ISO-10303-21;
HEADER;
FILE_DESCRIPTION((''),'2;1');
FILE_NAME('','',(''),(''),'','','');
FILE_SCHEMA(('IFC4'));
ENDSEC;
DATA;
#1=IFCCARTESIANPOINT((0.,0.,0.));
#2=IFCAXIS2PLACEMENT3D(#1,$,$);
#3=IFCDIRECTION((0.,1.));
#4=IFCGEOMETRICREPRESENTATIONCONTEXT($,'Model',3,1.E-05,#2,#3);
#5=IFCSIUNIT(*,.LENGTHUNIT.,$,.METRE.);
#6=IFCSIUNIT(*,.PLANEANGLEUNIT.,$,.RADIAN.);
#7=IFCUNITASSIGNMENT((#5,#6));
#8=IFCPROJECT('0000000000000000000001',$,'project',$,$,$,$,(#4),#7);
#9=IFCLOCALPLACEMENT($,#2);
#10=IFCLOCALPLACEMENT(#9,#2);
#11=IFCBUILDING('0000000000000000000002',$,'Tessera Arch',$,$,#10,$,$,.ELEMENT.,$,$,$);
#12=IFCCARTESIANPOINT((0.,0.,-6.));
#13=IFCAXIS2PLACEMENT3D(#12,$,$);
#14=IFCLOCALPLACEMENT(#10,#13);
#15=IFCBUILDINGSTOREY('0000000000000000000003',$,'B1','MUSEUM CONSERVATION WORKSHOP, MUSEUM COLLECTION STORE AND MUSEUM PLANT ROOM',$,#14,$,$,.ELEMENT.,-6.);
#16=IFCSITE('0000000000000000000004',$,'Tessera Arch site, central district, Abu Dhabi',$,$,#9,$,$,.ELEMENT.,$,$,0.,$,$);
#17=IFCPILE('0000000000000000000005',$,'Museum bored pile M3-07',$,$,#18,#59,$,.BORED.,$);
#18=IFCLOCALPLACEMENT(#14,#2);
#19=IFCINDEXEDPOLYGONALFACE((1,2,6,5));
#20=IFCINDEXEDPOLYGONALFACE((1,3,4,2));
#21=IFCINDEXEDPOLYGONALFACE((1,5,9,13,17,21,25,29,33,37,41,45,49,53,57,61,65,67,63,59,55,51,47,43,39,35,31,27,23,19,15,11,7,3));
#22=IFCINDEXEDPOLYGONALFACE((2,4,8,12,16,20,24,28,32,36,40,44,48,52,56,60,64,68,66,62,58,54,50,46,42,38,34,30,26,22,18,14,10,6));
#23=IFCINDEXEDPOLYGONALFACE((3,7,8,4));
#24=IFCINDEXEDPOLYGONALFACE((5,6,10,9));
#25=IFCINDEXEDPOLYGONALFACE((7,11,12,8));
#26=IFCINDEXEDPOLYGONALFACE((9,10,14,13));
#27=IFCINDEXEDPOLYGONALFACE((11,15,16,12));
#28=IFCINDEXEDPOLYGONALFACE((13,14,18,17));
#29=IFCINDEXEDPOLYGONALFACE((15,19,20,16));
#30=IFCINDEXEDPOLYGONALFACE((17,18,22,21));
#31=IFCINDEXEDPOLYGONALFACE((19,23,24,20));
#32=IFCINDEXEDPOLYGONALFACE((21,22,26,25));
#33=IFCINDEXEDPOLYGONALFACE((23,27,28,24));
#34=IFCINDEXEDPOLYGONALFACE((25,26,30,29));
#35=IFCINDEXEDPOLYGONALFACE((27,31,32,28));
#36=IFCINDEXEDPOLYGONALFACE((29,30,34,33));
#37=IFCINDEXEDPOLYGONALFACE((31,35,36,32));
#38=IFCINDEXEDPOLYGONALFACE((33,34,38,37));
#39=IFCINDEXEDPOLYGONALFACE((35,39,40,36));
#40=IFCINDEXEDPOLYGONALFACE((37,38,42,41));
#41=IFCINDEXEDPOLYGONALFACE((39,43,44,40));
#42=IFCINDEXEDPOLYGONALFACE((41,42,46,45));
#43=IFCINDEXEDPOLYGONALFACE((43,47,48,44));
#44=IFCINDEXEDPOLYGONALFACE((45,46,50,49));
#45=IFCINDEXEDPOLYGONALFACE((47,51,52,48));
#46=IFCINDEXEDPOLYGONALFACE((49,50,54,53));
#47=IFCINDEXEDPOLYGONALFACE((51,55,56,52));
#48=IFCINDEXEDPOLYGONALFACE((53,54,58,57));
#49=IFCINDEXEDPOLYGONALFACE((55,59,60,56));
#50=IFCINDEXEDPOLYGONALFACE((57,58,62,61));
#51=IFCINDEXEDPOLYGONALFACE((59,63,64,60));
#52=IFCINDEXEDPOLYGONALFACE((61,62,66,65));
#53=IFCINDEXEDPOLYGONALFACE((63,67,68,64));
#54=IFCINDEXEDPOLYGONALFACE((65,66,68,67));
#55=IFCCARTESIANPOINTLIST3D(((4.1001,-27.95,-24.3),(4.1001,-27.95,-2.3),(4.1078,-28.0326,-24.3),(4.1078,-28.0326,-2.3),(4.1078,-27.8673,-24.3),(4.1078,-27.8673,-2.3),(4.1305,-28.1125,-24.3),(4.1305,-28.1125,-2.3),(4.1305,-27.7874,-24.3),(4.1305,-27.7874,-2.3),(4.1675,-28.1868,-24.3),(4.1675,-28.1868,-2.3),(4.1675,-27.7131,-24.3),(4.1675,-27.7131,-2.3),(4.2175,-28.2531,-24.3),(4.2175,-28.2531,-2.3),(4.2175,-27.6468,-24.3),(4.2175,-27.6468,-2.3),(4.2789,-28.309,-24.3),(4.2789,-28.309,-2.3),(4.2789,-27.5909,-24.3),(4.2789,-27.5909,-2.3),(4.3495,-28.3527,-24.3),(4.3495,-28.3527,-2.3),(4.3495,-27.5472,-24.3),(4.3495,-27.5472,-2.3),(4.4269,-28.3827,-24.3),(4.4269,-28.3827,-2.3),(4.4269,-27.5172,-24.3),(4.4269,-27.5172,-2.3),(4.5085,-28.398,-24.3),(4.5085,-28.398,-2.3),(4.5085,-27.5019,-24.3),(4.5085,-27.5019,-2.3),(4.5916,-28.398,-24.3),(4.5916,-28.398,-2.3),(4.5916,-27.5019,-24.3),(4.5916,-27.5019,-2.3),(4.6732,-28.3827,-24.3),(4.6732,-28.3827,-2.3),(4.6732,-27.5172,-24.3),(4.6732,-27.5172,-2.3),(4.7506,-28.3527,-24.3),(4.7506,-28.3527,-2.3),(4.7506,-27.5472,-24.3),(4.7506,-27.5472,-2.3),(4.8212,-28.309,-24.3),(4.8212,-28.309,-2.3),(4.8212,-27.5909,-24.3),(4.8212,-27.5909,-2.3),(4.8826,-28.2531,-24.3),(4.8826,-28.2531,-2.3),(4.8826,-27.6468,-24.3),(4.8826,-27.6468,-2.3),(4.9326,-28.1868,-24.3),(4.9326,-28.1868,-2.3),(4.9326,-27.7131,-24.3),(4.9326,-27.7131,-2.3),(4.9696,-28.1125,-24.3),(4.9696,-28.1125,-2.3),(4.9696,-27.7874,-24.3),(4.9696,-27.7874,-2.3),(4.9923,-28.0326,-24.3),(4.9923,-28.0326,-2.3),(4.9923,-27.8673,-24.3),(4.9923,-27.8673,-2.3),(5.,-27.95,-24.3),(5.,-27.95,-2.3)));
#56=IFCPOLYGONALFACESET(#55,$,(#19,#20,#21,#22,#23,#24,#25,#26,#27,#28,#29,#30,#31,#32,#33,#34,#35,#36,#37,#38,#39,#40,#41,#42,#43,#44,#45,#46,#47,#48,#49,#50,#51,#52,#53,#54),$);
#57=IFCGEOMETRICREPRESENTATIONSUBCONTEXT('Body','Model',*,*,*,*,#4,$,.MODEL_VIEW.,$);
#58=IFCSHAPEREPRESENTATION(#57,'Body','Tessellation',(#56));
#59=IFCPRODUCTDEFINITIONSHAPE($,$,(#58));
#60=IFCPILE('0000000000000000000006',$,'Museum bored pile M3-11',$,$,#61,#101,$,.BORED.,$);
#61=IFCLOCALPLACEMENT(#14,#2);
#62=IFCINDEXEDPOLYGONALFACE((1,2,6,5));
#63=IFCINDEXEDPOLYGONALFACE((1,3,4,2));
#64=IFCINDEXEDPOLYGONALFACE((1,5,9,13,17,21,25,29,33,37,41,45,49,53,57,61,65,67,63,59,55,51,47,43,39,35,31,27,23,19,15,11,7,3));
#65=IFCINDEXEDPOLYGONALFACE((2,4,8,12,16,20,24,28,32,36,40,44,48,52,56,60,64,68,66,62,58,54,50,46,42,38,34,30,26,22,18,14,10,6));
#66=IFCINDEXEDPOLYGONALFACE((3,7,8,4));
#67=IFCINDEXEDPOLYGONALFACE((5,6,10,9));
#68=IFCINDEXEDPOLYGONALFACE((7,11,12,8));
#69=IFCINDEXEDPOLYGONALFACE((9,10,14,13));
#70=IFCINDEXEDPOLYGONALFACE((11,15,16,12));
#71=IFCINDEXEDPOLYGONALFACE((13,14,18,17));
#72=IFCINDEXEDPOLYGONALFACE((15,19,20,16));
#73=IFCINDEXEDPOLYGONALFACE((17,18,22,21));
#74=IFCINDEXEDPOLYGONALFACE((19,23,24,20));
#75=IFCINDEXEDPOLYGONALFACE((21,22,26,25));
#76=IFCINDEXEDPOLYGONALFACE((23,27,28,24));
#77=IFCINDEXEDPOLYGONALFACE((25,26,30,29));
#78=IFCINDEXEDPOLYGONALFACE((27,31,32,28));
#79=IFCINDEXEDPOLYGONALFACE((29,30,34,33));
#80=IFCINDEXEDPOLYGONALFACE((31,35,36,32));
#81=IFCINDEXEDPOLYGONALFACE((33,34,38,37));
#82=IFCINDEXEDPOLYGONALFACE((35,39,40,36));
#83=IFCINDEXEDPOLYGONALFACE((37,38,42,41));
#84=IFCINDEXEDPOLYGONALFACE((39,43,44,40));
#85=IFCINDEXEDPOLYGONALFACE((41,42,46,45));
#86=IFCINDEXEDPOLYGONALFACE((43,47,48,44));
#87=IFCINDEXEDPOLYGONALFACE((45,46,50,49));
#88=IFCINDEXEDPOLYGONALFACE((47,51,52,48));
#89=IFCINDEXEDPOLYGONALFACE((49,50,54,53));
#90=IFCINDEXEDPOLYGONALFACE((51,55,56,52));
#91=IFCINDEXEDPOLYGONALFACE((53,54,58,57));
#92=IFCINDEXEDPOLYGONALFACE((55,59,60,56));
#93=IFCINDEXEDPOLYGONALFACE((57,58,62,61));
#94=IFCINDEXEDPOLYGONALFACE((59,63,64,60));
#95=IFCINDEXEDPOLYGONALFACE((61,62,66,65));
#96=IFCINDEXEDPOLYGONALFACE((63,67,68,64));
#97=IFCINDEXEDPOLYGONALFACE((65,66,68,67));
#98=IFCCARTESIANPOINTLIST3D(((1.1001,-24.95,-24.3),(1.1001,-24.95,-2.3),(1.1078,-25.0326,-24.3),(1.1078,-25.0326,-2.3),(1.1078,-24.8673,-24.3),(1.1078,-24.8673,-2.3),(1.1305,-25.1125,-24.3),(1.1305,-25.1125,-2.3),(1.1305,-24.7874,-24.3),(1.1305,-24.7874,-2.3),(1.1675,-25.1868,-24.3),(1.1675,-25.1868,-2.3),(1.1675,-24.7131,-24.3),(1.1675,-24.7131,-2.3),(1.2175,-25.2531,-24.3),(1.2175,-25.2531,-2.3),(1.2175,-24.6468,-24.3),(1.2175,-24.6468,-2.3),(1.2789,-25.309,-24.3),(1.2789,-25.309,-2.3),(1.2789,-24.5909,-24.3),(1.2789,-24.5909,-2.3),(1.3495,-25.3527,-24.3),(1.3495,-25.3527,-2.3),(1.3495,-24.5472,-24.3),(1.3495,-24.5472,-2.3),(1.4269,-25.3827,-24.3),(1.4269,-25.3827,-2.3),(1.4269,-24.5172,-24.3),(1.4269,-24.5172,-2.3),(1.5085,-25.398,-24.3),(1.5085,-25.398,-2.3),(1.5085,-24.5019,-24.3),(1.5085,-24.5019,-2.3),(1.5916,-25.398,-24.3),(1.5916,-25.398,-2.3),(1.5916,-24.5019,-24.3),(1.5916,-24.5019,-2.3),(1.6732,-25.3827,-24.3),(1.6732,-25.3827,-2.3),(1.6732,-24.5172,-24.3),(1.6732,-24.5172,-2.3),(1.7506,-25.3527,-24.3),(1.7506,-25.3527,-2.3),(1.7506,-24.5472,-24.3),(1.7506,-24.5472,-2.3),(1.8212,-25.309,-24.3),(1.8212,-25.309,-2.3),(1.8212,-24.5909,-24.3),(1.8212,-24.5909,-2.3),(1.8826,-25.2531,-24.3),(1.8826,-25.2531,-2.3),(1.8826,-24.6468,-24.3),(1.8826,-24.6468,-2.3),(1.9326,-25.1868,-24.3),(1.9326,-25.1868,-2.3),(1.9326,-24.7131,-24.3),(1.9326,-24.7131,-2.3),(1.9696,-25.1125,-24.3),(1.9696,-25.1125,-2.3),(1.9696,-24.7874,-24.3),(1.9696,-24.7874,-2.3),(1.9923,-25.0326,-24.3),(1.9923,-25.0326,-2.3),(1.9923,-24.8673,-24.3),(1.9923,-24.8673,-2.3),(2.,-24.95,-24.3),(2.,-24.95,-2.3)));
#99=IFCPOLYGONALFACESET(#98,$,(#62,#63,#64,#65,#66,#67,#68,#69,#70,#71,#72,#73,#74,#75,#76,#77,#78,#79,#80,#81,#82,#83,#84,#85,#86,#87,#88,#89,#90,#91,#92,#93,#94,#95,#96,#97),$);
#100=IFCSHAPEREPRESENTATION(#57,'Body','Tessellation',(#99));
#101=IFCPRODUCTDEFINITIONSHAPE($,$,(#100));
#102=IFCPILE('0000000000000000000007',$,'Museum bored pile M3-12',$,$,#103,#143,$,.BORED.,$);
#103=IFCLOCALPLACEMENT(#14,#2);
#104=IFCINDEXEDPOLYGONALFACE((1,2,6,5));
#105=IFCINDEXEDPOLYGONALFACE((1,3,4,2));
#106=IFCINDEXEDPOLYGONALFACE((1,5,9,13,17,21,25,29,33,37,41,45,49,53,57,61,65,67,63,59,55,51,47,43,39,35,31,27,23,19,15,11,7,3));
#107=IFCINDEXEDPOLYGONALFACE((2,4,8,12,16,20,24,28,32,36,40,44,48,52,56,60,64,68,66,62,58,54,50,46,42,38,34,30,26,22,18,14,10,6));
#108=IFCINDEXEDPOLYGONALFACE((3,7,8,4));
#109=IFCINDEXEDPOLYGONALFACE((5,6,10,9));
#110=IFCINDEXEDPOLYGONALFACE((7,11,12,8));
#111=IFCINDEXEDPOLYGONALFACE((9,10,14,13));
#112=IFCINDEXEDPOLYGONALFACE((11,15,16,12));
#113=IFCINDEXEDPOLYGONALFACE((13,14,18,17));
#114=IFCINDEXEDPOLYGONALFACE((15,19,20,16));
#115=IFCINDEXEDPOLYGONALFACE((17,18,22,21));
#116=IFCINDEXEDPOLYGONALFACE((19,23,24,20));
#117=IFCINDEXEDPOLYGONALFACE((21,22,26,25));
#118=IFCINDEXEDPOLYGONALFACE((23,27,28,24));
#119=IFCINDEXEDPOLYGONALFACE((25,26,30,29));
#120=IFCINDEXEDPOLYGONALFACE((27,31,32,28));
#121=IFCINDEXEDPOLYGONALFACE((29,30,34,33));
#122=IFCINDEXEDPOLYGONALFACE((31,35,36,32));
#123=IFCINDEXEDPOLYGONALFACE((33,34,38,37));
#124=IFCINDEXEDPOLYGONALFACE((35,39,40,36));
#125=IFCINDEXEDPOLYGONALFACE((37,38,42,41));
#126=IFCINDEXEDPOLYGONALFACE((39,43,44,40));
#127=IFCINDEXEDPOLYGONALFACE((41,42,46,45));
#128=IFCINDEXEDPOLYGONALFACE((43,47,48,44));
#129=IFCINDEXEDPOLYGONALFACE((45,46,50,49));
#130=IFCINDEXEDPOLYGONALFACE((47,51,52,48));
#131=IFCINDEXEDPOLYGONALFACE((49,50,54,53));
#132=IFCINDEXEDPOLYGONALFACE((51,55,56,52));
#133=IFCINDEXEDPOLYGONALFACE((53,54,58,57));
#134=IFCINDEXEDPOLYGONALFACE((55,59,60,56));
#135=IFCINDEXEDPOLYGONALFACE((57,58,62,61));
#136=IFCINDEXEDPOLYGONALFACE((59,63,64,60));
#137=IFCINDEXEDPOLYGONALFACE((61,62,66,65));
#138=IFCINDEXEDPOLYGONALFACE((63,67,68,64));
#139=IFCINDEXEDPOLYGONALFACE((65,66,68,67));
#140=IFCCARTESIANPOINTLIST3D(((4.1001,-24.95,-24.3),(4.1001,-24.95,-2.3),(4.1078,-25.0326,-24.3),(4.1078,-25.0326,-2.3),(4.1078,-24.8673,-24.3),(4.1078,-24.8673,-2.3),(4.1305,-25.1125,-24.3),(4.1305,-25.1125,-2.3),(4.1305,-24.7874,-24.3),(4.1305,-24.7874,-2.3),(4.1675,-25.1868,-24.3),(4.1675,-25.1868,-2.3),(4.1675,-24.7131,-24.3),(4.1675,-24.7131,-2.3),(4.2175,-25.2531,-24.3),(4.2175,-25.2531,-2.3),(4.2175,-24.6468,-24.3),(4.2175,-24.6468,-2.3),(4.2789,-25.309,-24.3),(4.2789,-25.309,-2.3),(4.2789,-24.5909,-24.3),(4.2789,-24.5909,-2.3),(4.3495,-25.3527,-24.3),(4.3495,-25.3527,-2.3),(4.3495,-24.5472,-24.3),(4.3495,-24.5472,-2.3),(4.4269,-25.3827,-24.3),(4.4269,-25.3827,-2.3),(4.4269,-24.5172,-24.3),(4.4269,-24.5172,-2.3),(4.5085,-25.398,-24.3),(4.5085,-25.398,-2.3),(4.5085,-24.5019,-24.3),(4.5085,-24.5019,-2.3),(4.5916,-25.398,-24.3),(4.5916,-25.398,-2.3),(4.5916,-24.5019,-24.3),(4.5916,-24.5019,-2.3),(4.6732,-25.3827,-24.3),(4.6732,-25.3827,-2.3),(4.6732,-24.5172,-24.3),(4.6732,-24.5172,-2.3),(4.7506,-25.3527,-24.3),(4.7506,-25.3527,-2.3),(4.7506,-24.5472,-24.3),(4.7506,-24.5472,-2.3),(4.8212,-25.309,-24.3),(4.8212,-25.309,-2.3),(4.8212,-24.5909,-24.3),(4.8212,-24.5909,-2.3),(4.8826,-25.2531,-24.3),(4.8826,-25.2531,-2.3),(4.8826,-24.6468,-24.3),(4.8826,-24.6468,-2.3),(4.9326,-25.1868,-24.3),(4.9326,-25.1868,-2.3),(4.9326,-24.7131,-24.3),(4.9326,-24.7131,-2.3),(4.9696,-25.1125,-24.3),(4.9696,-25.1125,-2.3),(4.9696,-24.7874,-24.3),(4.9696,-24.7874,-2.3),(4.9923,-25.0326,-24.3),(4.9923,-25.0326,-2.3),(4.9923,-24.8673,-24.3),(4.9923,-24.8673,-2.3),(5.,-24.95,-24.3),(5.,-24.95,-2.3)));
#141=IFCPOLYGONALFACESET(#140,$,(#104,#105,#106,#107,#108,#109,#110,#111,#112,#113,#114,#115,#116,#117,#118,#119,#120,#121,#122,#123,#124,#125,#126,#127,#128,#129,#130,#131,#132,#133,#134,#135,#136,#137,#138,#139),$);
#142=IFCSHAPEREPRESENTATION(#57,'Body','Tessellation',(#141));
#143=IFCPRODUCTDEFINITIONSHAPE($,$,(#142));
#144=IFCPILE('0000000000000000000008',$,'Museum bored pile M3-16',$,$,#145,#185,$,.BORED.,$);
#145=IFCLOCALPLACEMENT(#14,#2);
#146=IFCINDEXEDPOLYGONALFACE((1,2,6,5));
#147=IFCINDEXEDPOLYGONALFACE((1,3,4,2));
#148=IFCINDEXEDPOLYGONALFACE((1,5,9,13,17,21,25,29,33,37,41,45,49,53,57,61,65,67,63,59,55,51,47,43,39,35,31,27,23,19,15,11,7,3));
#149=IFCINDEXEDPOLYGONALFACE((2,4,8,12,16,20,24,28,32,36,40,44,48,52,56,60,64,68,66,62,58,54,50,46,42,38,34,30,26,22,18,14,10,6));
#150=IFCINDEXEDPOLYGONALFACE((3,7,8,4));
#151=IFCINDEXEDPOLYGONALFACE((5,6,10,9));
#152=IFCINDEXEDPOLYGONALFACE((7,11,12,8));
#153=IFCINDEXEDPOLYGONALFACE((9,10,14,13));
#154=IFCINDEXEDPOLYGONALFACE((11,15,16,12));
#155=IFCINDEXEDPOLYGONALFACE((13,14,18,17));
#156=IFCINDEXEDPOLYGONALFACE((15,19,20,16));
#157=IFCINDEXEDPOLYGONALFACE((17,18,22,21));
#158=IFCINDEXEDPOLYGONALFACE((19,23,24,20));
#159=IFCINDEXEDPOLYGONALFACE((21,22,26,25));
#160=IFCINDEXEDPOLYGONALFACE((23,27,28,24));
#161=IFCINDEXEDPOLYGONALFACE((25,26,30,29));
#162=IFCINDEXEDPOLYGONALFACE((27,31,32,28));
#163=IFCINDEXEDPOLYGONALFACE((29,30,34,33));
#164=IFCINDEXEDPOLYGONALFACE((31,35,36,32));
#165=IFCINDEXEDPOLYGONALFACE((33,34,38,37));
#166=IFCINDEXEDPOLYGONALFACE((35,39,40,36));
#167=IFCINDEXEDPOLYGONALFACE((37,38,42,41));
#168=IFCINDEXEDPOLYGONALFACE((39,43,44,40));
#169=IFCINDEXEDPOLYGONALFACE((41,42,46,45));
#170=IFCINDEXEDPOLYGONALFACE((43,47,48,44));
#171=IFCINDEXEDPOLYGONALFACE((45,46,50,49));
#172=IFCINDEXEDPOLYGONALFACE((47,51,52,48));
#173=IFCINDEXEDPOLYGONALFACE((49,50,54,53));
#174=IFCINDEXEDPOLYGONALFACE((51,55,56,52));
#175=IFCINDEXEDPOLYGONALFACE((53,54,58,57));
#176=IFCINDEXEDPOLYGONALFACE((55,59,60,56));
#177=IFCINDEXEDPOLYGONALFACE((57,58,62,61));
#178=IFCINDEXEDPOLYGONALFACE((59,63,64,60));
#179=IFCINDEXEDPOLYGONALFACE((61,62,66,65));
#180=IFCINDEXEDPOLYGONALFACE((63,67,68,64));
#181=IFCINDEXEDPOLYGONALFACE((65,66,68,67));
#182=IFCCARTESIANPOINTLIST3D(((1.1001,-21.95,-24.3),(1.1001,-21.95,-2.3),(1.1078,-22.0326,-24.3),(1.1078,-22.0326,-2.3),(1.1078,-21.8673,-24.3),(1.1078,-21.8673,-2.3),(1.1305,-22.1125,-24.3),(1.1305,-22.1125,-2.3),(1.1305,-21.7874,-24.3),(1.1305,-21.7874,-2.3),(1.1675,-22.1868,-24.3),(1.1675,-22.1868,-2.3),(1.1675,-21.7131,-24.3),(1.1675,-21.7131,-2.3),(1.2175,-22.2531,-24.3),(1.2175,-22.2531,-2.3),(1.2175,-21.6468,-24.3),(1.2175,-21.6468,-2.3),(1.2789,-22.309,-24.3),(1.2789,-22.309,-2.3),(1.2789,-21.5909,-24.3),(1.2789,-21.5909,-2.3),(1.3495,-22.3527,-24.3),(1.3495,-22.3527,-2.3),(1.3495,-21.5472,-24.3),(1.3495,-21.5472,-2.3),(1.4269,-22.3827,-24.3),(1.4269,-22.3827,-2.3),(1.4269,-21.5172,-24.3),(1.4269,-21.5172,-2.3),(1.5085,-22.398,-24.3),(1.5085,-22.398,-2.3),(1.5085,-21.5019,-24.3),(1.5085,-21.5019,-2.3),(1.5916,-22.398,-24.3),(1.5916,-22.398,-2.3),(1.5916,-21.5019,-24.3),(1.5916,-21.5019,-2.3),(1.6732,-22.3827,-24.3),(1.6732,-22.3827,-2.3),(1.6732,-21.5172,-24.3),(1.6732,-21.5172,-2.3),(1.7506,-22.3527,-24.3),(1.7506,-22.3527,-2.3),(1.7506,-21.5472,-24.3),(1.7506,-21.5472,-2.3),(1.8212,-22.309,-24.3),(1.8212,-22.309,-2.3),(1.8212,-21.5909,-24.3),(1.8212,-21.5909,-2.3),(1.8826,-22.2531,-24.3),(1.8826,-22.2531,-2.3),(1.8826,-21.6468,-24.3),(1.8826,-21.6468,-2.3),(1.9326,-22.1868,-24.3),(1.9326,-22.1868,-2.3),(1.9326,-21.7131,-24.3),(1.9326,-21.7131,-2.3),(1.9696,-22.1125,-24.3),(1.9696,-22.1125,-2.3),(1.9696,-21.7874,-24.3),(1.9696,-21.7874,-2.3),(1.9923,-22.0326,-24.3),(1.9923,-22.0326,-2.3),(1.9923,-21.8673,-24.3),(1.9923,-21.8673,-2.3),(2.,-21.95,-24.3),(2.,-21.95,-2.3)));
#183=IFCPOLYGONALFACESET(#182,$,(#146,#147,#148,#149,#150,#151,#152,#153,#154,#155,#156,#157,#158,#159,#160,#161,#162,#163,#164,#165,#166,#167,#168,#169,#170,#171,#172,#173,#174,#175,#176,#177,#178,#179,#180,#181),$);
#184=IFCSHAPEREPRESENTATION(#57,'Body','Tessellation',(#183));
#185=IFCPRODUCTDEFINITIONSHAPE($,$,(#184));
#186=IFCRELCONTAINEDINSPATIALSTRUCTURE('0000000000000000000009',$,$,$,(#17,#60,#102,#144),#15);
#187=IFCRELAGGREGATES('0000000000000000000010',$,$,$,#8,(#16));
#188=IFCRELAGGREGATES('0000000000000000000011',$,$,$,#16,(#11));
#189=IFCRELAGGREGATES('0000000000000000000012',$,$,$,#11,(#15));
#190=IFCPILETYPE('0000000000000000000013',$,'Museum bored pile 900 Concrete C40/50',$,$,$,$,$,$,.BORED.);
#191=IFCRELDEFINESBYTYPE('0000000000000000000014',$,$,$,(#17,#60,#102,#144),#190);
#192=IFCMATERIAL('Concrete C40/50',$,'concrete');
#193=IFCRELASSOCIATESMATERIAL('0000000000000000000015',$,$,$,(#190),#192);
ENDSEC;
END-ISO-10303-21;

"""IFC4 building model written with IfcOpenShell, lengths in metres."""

from ifc_helpers import new_model, si_unit, direction, frame, origin, origin_2d, place, context, subcontext, project, spatial, circle, extrude, material, type_object, element, save


model = new_model("IFC4")

# Units and contexts
model_context = context("Model", 3, precision=1e-05, world=origin(), true_north=direction((0.0, 1.0)))
body_context = subcontext(model_context, "Body", "Model", "MODEL_VIEW")
ifc_project = project(units=[si_unit("LENGTHUNIT", "METRE"), si_unit("PLANEANGLEUNIT", "RADIAN")], contexts=[model_context])

# Site, building, storey
site_placement = place(None, origin())
site = spatial("IfcSite", under=ifc_project, at=site_placement, Name="Tessera Arch site, central district, Abu Dhabi", CompositionType="ELEMENT", RefElevation=0.0)
building_placement = place(site_placement, origin())
building = spatial("IfcBuilding", under=site, at=building_placement, Name="Tessera Arch", CompositionType="ELEMENT")
storey_placement = place(building_placement, frame((0.0, 0.0, -6.0)))
storey = spatial("IfcBuildingStorey", under=building, at=storey_placement, Name="B1", Description="MUSEUM CONSERVATION WORKSHOP, MUSEUM COLLECTION STORE AND MUSEUM PLANT ROOM", CompositionType="ELEMENT", Elevation=-6.0)

# Piles
ifc_material_1 = material(Name="Concrete C40/50", Category="concrete")
pile_type = type_object("IfcPileType", Name="Museum bored pile 900 Concrete C40/50", PredefinedType="BORED", material=ifc_material_1)
for number, where, z_axis, x_axis, name in (
    (1, (4.55, -27.95, -2.3), (0.0, 0.0, -1.0), (1.0, 0.0, 0.0), "Museum bored pile M3-07"),
    (2, (1.55, -24.95, -2.3), (0.0, 0.0, -1.0), (1.0, 0.0, 0.0), "Museum bored pile M3-11"),
    (3, (4.55, -24.95, -2.3), (0.0, 0.0, -1.0), (1.0, 0.0, 0.0), "Museum bored pile M3-12"),
    (4, (1.55, -21.95, -2.3), (0.0, 0.0, -1.0), (1.0, 0.0, 0.0), "Museum bored pile M3-16"),
):
    element("IfcPile", number, at=place(storey_placement, frame(where, z_axis=z_axis, x_axis=x_axis)), inside=storey, type_object=pile_type, Name=name, PredefinedType="BORED", context=body_context, shape_type="SweptSolid", body=[
        extrude(circle(Radius=0.45, at=origin_2d()), origin(), (0.0, 0.0, 1.0), 22.0),
    ])

save(model, "model.ifc")
